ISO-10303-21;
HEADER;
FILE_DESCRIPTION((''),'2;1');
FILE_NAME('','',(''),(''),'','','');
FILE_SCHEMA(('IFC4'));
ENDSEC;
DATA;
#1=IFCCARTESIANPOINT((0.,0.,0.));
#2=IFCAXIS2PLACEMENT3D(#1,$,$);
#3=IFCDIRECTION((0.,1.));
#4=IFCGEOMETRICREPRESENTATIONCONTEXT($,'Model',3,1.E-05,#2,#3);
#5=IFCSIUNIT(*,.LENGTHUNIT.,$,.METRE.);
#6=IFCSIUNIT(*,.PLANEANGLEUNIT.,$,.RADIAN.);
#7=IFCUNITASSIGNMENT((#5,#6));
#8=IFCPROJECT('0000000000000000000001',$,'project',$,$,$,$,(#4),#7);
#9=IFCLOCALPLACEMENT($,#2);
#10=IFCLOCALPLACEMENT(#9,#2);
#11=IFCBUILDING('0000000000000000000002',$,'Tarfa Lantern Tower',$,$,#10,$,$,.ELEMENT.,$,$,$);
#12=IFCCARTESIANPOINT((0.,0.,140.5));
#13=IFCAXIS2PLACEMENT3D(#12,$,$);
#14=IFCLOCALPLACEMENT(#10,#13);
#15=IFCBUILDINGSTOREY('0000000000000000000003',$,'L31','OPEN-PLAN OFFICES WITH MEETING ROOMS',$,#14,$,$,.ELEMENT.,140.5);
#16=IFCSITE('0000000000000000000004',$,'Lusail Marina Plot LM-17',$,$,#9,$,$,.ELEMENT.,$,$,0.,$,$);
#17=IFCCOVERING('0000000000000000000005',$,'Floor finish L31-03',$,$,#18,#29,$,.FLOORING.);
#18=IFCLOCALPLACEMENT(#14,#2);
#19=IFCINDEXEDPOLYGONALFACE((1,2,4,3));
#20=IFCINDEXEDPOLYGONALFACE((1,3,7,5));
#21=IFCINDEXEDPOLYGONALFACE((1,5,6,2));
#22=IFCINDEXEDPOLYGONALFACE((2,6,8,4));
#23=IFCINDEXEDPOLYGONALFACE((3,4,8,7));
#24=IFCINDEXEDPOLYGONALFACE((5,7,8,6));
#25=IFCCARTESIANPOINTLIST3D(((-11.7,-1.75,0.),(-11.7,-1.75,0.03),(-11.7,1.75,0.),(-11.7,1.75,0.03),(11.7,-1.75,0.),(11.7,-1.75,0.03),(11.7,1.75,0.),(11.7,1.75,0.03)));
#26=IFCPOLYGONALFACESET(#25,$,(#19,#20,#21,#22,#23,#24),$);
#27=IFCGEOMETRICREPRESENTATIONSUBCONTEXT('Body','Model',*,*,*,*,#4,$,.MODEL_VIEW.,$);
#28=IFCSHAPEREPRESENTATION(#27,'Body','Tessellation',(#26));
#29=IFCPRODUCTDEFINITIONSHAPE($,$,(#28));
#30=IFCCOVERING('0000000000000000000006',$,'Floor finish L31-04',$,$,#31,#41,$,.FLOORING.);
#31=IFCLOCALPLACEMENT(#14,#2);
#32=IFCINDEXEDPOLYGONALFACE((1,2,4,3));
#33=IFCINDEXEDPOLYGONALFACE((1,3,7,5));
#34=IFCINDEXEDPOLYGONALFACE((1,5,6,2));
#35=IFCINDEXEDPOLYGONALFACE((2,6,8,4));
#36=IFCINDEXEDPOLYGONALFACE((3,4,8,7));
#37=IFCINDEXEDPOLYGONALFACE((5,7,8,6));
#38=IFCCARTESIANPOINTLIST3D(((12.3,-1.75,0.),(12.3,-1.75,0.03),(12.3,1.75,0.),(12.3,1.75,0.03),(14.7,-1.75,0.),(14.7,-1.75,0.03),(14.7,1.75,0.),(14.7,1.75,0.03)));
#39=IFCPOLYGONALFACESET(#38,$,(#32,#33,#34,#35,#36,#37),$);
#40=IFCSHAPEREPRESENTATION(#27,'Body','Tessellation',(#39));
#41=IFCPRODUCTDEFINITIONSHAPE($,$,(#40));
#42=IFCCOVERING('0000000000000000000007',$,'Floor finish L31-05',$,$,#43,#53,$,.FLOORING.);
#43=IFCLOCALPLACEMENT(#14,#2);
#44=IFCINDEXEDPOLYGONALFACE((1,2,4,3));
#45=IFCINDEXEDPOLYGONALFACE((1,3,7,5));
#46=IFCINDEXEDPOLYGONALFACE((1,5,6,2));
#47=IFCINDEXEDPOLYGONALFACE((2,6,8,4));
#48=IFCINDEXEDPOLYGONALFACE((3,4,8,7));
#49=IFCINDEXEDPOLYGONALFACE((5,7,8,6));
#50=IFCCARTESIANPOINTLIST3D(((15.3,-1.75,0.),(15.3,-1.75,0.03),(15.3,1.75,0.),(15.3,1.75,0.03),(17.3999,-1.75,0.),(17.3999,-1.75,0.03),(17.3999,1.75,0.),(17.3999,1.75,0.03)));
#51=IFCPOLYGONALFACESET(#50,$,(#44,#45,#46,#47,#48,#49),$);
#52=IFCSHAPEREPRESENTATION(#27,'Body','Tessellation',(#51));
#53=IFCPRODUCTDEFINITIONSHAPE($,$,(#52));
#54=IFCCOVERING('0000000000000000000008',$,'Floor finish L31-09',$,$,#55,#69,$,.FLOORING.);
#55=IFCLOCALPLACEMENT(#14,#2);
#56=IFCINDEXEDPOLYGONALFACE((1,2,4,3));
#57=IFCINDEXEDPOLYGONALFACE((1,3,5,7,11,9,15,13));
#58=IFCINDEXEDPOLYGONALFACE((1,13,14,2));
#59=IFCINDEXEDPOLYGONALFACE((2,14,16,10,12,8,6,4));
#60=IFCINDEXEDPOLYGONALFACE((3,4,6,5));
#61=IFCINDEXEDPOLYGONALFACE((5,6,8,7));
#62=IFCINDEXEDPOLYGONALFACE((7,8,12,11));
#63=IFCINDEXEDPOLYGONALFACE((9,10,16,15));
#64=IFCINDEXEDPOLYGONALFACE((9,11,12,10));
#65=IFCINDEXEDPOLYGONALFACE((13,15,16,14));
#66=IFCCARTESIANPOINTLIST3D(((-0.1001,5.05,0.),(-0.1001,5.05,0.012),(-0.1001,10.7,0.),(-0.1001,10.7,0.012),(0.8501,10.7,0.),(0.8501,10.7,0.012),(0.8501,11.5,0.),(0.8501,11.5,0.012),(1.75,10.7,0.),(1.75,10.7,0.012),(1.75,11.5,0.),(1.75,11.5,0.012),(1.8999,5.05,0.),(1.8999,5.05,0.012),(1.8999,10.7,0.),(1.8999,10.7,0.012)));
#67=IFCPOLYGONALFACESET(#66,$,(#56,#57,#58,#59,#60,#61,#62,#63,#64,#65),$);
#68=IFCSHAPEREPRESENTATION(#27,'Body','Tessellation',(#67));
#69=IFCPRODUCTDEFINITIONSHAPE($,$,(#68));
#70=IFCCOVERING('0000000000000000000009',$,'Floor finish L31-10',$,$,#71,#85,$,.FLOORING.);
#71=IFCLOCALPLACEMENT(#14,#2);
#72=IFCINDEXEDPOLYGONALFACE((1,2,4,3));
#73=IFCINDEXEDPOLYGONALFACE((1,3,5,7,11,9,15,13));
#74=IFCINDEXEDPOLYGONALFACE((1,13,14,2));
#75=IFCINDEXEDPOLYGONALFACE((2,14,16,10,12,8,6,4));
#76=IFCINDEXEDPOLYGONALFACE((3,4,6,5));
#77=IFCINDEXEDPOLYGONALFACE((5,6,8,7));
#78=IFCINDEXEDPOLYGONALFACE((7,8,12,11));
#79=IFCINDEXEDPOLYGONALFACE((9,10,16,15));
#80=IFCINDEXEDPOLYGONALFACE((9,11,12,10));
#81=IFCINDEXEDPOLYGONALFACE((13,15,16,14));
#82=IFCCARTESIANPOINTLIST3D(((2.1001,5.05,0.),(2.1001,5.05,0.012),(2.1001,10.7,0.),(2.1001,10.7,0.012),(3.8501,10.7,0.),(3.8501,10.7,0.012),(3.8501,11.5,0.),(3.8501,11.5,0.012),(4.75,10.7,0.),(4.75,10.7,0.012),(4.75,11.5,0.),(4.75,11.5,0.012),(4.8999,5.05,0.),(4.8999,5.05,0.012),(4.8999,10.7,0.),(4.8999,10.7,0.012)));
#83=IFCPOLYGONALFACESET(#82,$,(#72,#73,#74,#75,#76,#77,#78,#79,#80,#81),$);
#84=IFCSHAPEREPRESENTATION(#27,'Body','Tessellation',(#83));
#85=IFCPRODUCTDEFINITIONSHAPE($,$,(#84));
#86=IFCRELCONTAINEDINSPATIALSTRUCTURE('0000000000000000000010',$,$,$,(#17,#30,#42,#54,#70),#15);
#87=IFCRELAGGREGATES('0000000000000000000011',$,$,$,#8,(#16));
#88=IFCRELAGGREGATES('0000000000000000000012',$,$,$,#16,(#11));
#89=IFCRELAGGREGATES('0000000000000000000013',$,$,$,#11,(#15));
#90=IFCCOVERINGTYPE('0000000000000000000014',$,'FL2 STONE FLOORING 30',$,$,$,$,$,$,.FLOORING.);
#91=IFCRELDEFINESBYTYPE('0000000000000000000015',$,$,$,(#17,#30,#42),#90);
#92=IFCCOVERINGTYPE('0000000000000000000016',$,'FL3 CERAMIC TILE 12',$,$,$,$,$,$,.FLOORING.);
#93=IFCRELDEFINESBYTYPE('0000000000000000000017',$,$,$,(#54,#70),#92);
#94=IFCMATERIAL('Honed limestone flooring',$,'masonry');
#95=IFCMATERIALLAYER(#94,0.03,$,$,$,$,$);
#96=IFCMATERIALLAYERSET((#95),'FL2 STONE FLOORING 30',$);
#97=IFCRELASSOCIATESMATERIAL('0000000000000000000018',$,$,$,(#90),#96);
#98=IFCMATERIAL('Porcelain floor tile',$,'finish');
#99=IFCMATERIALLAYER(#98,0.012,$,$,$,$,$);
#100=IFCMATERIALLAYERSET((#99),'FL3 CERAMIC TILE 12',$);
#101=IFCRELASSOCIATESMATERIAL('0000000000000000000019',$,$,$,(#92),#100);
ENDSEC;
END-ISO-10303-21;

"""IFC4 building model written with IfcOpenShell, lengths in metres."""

from ifc_helpers import new_model, si_unit, direction, frame, origin, place, context, subcontext, project, spatial, polyline, outline, extrude, material, layer, layer_set, type_object, element, save


model = new_model("IFC4")

# Units and contexts
model_context = context("Model", 3, precision=1e-05, world=origin(), true_north=direction((0.0, 1.0)))
body_context = subcontext(model_context, "Body", "Model", "MODEL_VIEW")
ifc_project = project(units=[si_unit("LENGTHUNIT", "METRE"), si_unit("PLANEANGLEUNIT", "RADIAN")], contexts=[model_context])

# Site, building, storey
site_placement = place(None, origin())
site = spatial("IfcSite", under=ifc_project, at=site_placement, Name="Lusail Marina Plot LM-17", CompositionType="ELEMENT", RefElevation=0.0)
building_placement = place(site_placement, origin())
building = spatial("IfcBuilding", under=site, at=building_placement, Name="Tarfa Lantern Tower", CompositionType="ELEMENT")
storey_placement = place(building_placement, frame((0.0, 0.0, 140.5)))
storey = spatial("IfcBuildingStorey", under=building, at=storey_placement, Name="L31", Description="OPEN-PLAN OFFICES WITH MEETING ROOMS", CompositionType="ELEMENT", Elevation=140.5)

# Coverings
ifc_material_1 = material(Name="Honed limestone flooring", Category="masonry")
ifc_layer_1 = layer(ifc_material_1, 0.03)
ifc_layer_set_1 = layer_set([ifc_layer_1], Name="FL2 STONE FLOORING 30")
covering_type_1 = type_object("IfcCoveringType", Name="FL2 STONE FLOORING 30", PredefinedType="FLOORING", material=ifc_layer_set_1)
covering_1_placement = place(storey_placement, origin())
element("IfcCovering", 1, at=covering_1_placement, inside=storey, type_object=covering_type_1, Name="Floor finish L31-03", PredefinedType="FLOORING", context=body_context, shape_type="SweptSolid", body=[
    extrude(outline(polyline([(-11.7, -1.75), (11.7, -1.75), (11.7, 1.75), (-11.7, 1.75), (-11.7, -1.75)])), origin(), (0.0, 0.0, 1.0), 0.03),
])
covering_2_placement = place(storey_placement, origin())
element("IfcCovering", 2, at=covering_2_placement, inside=storey, type_object=covering_type_1, Name="Floor finish L31-04", PredefinedType="FLOORING", context=body_context, shape_type="SweptSolid", body=[
    extrude(outline(polyline([(12.3, -1.75), (14.7, -1.75), (14.7, 1.75), (12.3, 1.75), (12.3, -1.75)])), origin(), (0.0, 0.0, 1.0), 0.03),
])
covering_3_placement = place(storey_placement, origin())
element("IfcCovering", 3, at=covering_3_placement, inside=storey, type_object=covering_type_1, Name="Floor finish L31-05", PredefinedType="FLOORING", context=body_context, shape_type="SweptSolid", body=[
    extrude(outline(polyline([(15.3, -1.75), (17.3999, -1.75), (17.3999, 1.75), (15.3, 1.75), (15.3, -1.75)])), origin(), (0.0, 0.0, 1.0), 0.03),
])
ifc_material_2 = material(Name="Porcelain floor tile", Category="finish")
ifc_layer_2 = layer(ifc_material_2, 0.012)
ifc_layer_set_2 = layer_set([ifc_layer_2], Name="FL3 CERAMIC TILE 12")
covering_type_2 = type_object("IfcCoveringType", Name="FL3 CERAMIC TILE 12", PredefinedType="FLOORING", material=ifc_layer_set_2)
covering_4_placement = place(storey_placement, origin())
element("IfcCovering", 4, at=covering_4_placement, inside=storey, type_object=covering_type_2, Name="Floor finish L31-09", PredefinedType="FLOORING", context=body_context, shape_type="SweptSolid", body=[
    extrude(outline(polyline([(0.8501, 10.7), (-0.1001, 10.7), (-0.1001, 5.05), (1.8999, 5.05), (1.8999, 10.7), (1.75, 10.7), (1.75, 11.5), (1.75, 11.5), (0.8501, 11.5), (0.8501, 10.7)])), origin(), (0.0, 0.0, 1.0), 0.012),
])
covering_5_placement = place(storey_placement, origin())
element("IfcCovering", 5, at=covering_5_placement, inside=storey, type_object=covering_type_2, Name="Floor finish L31-10", PredefinedType="FLOORING", context=body_context, shape_type="SweptSolid", body=[
    extrude(outline(polyline([(2.1001, 5.05), (4.8999, 5.05), (4.8999, 10.7), (4.75, 10.7), (4.75, 11.5), (3.8501, 11.5), (3.8501, 10.7), (2.1001, 10.7), (2.1001, 5.05)])), origin(), (0.0, 0.0, 1.0), 0.012),
])

save(model, "model.ifc")
